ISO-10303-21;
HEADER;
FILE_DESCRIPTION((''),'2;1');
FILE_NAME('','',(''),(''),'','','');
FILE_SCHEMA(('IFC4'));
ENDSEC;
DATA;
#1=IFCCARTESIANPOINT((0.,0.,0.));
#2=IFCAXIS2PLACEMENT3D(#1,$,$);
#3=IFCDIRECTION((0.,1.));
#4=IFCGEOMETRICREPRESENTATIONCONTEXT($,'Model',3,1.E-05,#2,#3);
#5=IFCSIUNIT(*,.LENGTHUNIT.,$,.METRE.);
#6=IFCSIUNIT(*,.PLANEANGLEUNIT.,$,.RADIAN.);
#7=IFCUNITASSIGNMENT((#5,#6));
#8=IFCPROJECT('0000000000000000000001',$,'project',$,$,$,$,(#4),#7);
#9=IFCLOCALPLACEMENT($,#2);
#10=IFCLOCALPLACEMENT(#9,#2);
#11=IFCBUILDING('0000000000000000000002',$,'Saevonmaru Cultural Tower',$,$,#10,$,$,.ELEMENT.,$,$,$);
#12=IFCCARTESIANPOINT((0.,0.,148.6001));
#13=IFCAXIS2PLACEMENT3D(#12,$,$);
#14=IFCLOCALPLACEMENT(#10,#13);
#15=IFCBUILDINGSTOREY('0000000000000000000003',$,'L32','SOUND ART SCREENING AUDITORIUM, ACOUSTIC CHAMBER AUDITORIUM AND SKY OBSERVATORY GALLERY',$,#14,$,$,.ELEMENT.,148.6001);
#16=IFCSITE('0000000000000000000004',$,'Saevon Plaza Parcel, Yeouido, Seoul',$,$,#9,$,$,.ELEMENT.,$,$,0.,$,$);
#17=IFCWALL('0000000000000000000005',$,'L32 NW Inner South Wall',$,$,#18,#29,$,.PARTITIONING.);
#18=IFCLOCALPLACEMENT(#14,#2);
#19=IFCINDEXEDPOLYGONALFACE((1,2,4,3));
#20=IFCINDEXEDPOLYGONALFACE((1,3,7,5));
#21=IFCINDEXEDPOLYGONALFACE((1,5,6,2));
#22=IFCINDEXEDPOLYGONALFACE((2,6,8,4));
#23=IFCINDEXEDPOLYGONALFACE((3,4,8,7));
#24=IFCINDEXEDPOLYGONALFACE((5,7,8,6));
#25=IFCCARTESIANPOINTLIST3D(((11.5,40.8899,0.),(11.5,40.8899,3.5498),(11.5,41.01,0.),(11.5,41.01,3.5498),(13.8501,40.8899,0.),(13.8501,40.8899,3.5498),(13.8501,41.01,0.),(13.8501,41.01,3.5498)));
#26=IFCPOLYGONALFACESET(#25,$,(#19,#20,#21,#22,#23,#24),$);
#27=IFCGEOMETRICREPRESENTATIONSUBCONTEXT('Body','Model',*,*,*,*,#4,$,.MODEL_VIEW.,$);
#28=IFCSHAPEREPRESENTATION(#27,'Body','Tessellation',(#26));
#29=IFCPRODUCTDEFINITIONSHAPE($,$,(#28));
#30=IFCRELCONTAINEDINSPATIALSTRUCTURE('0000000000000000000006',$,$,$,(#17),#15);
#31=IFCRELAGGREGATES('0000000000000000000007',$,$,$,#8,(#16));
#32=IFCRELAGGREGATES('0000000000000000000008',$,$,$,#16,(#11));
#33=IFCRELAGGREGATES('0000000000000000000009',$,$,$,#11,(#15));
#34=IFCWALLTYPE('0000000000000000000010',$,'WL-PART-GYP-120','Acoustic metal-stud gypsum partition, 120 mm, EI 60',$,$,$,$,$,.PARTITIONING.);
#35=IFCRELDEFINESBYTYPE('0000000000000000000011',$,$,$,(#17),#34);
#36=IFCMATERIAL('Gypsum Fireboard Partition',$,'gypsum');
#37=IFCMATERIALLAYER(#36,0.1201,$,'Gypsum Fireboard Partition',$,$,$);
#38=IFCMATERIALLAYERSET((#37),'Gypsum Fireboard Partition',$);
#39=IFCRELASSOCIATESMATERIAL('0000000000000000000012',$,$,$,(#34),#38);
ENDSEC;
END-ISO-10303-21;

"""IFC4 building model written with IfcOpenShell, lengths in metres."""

from ifc_helpers import new_model, si_unit, direction, frame, frame_2d, origin, place, context, subcontext, project, spatial, rectangle, extrude, material, layer, layer_set, type_object, element, save


model = new_model("IFC4")

# Units and contexts
model_context = context("Model", 3, precision=1e-05, world=origin(), true_north=direction((0.0, 1.0)))
body_context = subcontext(model_context, "Body", "Model", "MODEL_VIEW")
ifc_project = project(units=[si_unit("LENGTHUNIT", "METRE"), si_unit("PLANEANGLEUNIT", "RADIAN")], contexts=[model_context])

# Site, building, storey
site_placement = place(None, origin())
site = spatial("IfcSite", under=ifc_project, at=site_placement, Name="Saevon Plaza Parcel, Yeouido, Seoul", CompositionType="ELEMENT", RefElevation=0.0)
building_placement = place(site_placement, origin())
building = spatial("IfcBuilding", under=site, at=building_placement, Name="Saevonmaru Cultural Tower", CompositionType="ELEMENT")
storey_placement = place(building_placement, frame((0.0, 0.0, 148.6001)))
storey = spatial("IfcBuildingStorey", under=building, at=storey_placement, Name="L32", Description="SOUND ART SCREENING AUDITORIUM, ACOUSTIC CHAMBER AUDITORIUM AND SKY OBSERVATORY GALLERY", CompositionType="ELEMENT", Elevation=148.6001)

# Shared definitions
ifc_material_1 = material(Name="Gypsum Fireboard Partition", Category="gypsum")

# Wall
ifc_layer_1 = layer(ifc_material_1, 0.1201, Name="Gypsum Fireboard Partition")
ifc_layer_set_1 = layer_set([ifc_layer_1], Name="Gypsum Fireboard Partition")
wall_type_1 = type_object("IfcWallType", Name="WL-PART-GYP-120", Description="Acoustic metal-stud gypsum partition, 120 mm, EI 60", PredefinedType="PARTITIONING", material=ifc_layer_set_1)
wall_1_placement = place(storey_placement, frame((11.5, 40.95, 0.0), z_axis=(0.0, 0.0, 1.0), x_axis=(1.0, 0.0, 0.0)))
element("IfcWall", 1, at=wall_1_placement, inside=storey, type_object=wall_type_1, Name="L32 NW Inner South Wall", PredefinedType="PARTITIONING", context=body_context, shape_type="SweptSolid", body=[
    extrude(rectangle(XDim=2.3501, YDim=0.1201, at=frame_2d((1.175, 0.0))), origin(), (0.0, 0.0, 1.0), 3.5498),
])

save(model, "model.ifc")
